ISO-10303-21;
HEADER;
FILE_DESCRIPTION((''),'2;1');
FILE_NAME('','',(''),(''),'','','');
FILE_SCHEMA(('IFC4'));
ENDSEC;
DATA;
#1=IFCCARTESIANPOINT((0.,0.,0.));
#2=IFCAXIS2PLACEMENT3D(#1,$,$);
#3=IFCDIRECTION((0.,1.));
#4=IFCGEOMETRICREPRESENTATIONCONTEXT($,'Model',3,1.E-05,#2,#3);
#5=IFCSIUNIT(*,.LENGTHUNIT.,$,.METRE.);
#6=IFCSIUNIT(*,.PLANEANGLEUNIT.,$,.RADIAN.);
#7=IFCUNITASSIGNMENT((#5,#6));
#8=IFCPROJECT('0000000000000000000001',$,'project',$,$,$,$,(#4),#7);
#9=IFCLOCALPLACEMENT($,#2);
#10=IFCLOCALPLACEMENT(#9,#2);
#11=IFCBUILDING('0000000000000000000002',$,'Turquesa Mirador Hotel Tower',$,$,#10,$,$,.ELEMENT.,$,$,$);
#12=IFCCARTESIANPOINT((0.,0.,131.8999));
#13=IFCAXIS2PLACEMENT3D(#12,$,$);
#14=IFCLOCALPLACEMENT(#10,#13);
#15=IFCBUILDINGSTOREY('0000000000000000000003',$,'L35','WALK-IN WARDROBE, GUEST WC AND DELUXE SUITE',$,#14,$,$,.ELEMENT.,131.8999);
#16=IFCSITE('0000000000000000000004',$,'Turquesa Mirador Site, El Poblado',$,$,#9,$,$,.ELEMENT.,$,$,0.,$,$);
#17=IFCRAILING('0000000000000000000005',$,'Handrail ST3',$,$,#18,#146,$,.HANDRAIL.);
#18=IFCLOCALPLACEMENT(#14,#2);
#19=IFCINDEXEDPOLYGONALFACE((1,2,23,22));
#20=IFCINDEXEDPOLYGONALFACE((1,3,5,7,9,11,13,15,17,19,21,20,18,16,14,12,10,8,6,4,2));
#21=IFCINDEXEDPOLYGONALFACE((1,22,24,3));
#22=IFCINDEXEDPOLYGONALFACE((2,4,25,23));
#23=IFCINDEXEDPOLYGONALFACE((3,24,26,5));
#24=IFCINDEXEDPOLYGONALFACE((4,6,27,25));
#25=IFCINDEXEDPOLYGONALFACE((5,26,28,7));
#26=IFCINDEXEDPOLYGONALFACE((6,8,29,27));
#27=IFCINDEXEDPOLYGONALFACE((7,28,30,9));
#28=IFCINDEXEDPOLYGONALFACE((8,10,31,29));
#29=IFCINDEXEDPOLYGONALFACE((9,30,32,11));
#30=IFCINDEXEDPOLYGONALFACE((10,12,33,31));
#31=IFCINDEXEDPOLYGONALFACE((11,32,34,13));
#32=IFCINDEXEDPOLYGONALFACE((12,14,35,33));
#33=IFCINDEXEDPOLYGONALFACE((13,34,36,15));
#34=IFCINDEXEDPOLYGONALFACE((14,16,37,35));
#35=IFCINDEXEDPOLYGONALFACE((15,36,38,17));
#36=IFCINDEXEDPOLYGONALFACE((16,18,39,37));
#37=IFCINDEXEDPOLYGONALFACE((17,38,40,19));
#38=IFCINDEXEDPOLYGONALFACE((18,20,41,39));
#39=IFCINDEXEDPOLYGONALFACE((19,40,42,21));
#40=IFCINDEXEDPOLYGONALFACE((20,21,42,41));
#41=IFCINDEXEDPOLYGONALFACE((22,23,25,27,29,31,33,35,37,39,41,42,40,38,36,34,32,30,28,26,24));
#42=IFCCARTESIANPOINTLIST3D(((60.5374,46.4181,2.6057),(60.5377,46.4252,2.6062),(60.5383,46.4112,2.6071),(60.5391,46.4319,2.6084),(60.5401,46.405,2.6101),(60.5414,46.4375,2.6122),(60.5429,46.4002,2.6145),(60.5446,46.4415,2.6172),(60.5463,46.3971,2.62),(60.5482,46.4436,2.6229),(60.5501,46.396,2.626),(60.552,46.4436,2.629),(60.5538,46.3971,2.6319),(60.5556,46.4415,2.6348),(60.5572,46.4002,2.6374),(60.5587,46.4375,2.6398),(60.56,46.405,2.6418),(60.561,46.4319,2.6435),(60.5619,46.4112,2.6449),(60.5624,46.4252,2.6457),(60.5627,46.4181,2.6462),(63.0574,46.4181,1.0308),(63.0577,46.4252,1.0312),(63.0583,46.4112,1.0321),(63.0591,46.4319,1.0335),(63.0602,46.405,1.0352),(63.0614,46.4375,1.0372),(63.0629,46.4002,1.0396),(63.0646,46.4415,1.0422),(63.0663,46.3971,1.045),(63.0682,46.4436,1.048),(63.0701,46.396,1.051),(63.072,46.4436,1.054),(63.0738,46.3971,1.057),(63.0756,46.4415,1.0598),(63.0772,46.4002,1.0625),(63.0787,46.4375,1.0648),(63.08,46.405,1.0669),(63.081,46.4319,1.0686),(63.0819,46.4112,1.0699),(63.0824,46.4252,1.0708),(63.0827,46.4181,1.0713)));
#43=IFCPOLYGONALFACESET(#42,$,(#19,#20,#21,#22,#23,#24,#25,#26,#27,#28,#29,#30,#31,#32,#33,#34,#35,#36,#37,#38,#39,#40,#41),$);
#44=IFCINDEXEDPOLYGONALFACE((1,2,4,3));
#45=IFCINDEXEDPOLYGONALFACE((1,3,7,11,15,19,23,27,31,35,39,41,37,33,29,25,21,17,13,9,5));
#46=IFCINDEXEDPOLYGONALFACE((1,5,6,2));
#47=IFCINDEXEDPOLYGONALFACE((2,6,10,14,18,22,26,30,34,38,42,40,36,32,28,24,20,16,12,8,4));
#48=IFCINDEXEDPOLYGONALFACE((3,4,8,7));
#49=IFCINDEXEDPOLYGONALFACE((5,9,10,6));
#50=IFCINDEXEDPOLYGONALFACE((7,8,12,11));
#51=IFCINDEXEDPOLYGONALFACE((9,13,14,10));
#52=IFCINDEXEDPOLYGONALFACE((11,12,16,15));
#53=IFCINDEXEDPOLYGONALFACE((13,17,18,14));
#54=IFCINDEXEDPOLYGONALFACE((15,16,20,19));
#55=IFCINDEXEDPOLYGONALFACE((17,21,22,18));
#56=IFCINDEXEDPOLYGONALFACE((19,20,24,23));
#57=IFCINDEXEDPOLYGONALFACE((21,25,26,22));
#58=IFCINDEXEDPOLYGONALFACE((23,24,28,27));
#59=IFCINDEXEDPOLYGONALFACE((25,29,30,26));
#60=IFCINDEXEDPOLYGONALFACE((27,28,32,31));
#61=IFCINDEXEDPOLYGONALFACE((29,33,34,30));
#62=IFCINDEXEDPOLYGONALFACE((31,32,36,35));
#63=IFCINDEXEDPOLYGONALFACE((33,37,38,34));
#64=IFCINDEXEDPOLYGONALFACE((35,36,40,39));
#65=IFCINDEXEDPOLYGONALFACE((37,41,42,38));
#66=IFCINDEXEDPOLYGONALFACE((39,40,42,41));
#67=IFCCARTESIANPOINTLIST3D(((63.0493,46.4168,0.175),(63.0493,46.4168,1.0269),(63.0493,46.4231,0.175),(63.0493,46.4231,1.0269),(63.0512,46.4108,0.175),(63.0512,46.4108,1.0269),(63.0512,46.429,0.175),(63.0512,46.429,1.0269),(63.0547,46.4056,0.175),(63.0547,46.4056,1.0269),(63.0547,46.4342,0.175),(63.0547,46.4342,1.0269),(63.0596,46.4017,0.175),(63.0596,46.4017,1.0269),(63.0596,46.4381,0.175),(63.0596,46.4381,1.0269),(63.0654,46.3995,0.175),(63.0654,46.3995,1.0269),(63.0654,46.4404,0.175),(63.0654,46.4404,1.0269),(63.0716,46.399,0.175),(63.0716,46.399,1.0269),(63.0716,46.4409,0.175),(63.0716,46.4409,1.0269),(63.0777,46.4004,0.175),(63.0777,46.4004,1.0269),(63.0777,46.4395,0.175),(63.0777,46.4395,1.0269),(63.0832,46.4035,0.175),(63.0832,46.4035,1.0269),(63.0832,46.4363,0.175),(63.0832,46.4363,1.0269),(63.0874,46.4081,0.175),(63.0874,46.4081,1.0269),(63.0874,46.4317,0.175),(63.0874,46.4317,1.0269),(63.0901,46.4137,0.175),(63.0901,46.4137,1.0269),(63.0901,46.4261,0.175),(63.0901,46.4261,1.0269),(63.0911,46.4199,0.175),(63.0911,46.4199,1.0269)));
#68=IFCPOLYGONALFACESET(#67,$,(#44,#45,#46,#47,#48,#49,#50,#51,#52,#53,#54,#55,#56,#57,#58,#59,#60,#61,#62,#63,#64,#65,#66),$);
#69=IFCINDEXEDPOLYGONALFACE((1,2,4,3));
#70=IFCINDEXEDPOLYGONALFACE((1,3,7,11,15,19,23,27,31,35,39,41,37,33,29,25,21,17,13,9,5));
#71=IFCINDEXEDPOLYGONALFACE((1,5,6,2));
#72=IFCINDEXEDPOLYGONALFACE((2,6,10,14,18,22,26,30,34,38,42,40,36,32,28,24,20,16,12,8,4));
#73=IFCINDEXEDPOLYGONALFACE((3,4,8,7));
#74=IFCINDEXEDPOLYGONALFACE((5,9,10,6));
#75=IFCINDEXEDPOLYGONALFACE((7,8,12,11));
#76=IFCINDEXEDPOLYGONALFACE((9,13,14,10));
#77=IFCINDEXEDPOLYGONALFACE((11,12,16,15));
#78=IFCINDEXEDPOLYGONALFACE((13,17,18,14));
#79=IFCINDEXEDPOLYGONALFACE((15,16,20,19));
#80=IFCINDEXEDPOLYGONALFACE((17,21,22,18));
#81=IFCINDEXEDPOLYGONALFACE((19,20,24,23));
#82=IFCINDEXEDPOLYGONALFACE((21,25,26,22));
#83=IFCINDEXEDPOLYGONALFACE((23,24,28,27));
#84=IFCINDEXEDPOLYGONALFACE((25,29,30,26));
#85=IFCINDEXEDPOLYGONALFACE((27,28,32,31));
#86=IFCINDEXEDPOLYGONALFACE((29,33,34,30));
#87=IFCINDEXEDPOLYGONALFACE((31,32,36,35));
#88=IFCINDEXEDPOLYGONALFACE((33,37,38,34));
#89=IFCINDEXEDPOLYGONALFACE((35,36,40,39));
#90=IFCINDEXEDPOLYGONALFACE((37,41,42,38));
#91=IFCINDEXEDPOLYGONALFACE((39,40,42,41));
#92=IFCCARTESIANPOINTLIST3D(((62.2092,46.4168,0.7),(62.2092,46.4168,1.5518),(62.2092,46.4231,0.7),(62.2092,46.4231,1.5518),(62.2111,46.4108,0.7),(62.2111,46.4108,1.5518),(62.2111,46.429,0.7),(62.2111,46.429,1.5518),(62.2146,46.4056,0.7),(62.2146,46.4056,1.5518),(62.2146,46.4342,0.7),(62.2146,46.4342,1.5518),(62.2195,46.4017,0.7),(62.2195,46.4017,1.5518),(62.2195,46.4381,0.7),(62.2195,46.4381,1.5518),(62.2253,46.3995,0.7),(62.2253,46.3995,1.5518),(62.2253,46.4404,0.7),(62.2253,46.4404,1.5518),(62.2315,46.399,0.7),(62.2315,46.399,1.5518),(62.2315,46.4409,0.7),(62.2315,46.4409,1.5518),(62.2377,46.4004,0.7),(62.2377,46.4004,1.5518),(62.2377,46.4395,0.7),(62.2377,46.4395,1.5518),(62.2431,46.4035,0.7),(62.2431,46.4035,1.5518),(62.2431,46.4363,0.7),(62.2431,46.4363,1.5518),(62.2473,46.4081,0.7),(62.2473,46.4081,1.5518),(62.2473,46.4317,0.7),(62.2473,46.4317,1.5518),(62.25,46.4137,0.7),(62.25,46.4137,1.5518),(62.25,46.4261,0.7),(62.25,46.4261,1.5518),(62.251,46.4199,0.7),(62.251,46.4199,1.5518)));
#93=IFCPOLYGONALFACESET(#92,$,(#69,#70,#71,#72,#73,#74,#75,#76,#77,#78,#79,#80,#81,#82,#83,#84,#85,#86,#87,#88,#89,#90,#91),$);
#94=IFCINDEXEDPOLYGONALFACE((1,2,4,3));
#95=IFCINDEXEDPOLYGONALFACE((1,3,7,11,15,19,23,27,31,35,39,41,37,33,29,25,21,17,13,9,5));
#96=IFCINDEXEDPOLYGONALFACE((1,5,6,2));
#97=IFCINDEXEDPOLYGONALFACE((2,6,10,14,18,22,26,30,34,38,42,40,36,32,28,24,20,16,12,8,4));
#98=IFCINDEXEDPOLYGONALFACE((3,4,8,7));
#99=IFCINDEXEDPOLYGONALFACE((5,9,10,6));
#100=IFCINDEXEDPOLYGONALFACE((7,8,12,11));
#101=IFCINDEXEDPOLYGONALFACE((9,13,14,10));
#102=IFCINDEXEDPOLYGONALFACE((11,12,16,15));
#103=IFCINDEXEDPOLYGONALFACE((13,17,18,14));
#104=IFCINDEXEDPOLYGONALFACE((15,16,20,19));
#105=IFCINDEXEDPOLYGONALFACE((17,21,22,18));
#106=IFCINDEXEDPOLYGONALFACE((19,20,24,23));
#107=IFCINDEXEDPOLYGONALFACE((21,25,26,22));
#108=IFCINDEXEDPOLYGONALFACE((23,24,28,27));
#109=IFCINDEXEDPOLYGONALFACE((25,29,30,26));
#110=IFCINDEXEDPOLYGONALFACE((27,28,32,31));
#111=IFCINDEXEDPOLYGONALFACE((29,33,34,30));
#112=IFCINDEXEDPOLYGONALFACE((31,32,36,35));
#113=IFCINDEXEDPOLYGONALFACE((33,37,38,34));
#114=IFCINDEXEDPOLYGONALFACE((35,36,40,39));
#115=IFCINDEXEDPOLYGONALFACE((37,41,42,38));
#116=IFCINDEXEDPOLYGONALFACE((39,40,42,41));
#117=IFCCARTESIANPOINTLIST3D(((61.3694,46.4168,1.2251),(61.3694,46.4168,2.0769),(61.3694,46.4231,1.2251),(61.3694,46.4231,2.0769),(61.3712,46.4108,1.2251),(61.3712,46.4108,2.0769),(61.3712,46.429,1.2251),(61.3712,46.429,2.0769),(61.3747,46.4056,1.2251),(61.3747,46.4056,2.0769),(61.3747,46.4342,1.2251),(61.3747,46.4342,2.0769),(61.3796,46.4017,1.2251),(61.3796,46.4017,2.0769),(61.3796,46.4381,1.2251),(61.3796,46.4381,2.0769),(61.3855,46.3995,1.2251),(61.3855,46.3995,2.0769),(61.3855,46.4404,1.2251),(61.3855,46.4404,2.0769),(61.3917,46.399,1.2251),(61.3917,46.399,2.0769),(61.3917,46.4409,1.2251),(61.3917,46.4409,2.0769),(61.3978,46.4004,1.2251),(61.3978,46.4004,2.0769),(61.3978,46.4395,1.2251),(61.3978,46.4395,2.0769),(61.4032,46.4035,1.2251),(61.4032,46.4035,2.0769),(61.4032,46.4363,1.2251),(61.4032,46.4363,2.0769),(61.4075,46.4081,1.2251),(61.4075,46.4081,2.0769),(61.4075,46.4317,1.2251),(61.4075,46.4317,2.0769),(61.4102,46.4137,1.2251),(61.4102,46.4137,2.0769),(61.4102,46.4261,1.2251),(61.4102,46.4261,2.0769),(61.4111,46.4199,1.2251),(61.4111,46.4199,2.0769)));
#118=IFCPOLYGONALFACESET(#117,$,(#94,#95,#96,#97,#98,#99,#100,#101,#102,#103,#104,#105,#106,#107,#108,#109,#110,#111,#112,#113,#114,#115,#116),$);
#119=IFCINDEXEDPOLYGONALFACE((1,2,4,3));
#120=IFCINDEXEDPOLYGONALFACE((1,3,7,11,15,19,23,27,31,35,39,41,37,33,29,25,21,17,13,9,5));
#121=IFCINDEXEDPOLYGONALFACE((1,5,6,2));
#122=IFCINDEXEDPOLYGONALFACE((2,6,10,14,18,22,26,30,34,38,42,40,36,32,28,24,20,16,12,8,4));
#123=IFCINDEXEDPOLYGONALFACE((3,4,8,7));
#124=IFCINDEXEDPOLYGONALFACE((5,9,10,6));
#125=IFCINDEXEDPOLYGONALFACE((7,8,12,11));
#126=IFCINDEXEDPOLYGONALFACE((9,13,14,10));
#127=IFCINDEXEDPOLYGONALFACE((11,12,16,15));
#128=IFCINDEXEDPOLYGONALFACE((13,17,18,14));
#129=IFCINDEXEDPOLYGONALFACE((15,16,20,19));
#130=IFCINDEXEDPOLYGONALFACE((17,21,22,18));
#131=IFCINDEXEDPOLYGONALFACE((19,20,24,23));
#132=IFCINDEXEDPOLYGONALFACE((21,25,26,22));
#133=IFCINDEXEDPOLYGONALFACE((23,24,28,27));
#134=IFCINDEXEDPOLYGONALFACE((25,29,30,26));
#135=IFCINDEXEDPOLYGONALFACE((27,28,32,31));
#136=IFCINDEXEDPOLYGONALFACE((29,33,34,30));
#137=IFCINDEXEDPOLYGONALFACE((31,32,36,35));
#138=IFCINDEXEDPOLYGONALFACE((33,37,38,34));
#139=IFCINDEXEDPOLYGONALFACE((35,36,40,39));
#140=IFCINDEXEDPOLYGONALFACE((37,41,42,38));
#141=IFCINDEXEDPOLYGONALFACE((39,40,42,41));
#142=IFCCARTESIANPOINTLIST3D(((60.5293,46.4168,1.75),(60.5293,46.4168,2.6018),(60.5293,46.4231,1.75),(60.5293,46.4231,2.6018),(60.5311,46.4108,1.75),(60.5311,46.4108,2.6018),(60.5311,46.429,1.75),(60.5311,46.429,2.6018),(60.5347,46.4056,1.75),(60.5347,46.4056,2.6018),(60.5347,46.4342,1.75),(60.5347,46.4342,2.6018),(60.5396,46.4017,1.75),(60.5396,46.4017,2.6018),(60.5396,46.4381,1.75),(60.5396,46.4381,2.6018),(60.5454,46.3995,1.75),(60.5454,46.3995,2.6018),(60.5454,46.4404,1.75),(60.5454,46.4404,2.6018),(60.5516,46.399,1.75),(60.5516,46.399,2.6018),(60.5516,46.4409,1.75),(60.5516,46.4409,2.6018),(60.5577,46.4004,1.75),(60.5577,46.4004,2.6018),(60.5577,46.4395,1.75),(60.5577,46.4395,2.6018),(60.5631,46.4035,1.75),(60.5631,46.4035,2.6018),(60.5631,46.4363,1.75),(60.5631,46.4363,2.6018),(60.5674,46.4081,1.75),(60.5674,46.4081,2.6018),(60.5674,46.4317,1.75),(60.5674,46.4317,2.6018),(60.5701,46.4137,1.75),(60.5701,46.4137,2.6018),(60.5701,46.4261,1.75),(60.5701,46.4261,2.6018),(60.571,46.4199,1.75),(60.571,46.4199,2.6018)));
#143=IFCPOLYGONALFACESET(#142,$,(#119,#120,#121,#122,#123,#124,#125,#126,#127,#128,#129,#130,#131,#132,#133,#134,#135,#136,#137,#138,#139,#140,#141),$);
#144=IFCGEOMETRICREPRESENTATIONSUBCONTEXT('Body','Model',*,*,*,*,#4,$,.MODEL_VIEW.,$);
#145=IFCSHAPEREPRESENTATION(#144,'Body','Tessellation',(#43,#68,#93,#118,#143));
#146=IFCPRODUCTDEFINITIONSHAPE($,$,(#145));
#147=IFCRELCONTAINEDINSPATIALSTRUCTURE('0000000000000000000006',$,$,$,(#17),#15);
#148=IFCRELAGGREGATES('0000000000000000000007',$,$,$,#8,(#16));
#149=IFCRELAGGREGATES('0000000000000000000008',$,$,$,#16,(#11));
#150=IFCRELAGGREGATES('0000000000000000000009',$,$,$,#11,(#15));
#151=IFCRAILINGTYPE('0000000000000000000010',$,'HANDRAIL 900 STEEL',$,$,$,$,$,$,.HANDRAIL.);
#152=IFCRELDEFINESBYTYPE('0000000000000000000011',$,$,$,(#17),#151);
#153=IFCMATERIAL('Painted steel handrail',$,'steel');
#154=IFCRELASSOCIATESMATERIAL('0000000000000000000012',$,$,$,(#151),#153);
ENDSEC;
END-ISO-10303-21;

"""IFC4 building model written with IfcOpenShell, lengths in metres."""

from ifc_helpers import new_model, si_unit, direction, frame, origin, origin_2d, place, context, subcontext, project, spatial, circle, extrude, material, type_object, element, save


model = new_model("IFC4")

# Units and contexts
model_context = context("Model", 3, precision=1e-05, world=origin(), true_north=direction((0.0, 1.0)))
body_context = subcontext(model_context, "Body", "Model", "MODEL_VIEW")
ifc_project = project(units=[si_unit("LENGTHUNIT", "METRE"), si_unit("PLANEANGLEUNIT", "RADIAN")], contexts=[model_context])

# Site, building, storey
site_placement = place(None, origin())
site = spatial("IfcSite", under=ifc_project, at=site_placement, Name="Turquesa Mirador Site, El Poblado", CompositionType="ELEMENT", RefElevation=0.0)
building_placement = place(site_placement, origin())
building = spatial("IfcBuilding", under=site, at=building_placement, Name="Turquesa Mirador Hotel Tower", CompositionType="ELEMENT")
storey_placement = place(building_placement, frame((0.0, 0.0, 131.8999)))
storey = spatial("IfcBuildingStorey", under=building, at=storey_placement, Name="L35", Description="WALK-IN WARDROBE, GUEST WC AND DELUXE SUITE", CompositionType="ELEMENT", Elevation=131.8999)

# Railing
ifc_material_1 = material(Name="Painted steel handrail", Category="steel")
railing_type = type_object("IfcRailingType", Name="HANDRAIL 900 STEEL", PredefinedType="HANDRAIL", material=ifc_material_1)
railing_1_placement = place(storey_placement, frame((63.0701, 46.4199, 0.175)))
element("IfcRailing", 1, at=railing_1_placement, inside=storey, type_object=railing_type, Name="Handrail ST3", PredefinedType="HANDRAIL", context=body_context, shape_type="SweptSolid", body=[
    extrude(circle(Radius=0.0239, at=origin_2d()), frame((0.0, 0.0, 0.876), z_axis=(-0.848008, 0.0, 0.529984), x_axis=(0.0, -1.0, 0.0)), (0.0, 0.0, 1.0), 2.9717),
    extrude(circle(Radius=0.021, at=origin_2d()), origin(), (0.0, 0.0, 1.0), 0.8518),
    extrude(circle(Radius=0.021, at=origin_2d()), frame((-0.8401, 0.0, 0.5249)), (0.0, 0.0, 1.0), 0.8518),
    extrude(circle(Radius=0.021, at=origin_2d()), frame((-1.6799, 0.0, 1.05)), (0.0, 0.0, 1.0), 0.8518),
    extrude(circle(Radius=0.021, at=origin_2d()), frame((-2.52, 0.0, 1.575)), (0.0, 0.0, 1.0), 0.8518),
])

save(model, "model.ifc")
